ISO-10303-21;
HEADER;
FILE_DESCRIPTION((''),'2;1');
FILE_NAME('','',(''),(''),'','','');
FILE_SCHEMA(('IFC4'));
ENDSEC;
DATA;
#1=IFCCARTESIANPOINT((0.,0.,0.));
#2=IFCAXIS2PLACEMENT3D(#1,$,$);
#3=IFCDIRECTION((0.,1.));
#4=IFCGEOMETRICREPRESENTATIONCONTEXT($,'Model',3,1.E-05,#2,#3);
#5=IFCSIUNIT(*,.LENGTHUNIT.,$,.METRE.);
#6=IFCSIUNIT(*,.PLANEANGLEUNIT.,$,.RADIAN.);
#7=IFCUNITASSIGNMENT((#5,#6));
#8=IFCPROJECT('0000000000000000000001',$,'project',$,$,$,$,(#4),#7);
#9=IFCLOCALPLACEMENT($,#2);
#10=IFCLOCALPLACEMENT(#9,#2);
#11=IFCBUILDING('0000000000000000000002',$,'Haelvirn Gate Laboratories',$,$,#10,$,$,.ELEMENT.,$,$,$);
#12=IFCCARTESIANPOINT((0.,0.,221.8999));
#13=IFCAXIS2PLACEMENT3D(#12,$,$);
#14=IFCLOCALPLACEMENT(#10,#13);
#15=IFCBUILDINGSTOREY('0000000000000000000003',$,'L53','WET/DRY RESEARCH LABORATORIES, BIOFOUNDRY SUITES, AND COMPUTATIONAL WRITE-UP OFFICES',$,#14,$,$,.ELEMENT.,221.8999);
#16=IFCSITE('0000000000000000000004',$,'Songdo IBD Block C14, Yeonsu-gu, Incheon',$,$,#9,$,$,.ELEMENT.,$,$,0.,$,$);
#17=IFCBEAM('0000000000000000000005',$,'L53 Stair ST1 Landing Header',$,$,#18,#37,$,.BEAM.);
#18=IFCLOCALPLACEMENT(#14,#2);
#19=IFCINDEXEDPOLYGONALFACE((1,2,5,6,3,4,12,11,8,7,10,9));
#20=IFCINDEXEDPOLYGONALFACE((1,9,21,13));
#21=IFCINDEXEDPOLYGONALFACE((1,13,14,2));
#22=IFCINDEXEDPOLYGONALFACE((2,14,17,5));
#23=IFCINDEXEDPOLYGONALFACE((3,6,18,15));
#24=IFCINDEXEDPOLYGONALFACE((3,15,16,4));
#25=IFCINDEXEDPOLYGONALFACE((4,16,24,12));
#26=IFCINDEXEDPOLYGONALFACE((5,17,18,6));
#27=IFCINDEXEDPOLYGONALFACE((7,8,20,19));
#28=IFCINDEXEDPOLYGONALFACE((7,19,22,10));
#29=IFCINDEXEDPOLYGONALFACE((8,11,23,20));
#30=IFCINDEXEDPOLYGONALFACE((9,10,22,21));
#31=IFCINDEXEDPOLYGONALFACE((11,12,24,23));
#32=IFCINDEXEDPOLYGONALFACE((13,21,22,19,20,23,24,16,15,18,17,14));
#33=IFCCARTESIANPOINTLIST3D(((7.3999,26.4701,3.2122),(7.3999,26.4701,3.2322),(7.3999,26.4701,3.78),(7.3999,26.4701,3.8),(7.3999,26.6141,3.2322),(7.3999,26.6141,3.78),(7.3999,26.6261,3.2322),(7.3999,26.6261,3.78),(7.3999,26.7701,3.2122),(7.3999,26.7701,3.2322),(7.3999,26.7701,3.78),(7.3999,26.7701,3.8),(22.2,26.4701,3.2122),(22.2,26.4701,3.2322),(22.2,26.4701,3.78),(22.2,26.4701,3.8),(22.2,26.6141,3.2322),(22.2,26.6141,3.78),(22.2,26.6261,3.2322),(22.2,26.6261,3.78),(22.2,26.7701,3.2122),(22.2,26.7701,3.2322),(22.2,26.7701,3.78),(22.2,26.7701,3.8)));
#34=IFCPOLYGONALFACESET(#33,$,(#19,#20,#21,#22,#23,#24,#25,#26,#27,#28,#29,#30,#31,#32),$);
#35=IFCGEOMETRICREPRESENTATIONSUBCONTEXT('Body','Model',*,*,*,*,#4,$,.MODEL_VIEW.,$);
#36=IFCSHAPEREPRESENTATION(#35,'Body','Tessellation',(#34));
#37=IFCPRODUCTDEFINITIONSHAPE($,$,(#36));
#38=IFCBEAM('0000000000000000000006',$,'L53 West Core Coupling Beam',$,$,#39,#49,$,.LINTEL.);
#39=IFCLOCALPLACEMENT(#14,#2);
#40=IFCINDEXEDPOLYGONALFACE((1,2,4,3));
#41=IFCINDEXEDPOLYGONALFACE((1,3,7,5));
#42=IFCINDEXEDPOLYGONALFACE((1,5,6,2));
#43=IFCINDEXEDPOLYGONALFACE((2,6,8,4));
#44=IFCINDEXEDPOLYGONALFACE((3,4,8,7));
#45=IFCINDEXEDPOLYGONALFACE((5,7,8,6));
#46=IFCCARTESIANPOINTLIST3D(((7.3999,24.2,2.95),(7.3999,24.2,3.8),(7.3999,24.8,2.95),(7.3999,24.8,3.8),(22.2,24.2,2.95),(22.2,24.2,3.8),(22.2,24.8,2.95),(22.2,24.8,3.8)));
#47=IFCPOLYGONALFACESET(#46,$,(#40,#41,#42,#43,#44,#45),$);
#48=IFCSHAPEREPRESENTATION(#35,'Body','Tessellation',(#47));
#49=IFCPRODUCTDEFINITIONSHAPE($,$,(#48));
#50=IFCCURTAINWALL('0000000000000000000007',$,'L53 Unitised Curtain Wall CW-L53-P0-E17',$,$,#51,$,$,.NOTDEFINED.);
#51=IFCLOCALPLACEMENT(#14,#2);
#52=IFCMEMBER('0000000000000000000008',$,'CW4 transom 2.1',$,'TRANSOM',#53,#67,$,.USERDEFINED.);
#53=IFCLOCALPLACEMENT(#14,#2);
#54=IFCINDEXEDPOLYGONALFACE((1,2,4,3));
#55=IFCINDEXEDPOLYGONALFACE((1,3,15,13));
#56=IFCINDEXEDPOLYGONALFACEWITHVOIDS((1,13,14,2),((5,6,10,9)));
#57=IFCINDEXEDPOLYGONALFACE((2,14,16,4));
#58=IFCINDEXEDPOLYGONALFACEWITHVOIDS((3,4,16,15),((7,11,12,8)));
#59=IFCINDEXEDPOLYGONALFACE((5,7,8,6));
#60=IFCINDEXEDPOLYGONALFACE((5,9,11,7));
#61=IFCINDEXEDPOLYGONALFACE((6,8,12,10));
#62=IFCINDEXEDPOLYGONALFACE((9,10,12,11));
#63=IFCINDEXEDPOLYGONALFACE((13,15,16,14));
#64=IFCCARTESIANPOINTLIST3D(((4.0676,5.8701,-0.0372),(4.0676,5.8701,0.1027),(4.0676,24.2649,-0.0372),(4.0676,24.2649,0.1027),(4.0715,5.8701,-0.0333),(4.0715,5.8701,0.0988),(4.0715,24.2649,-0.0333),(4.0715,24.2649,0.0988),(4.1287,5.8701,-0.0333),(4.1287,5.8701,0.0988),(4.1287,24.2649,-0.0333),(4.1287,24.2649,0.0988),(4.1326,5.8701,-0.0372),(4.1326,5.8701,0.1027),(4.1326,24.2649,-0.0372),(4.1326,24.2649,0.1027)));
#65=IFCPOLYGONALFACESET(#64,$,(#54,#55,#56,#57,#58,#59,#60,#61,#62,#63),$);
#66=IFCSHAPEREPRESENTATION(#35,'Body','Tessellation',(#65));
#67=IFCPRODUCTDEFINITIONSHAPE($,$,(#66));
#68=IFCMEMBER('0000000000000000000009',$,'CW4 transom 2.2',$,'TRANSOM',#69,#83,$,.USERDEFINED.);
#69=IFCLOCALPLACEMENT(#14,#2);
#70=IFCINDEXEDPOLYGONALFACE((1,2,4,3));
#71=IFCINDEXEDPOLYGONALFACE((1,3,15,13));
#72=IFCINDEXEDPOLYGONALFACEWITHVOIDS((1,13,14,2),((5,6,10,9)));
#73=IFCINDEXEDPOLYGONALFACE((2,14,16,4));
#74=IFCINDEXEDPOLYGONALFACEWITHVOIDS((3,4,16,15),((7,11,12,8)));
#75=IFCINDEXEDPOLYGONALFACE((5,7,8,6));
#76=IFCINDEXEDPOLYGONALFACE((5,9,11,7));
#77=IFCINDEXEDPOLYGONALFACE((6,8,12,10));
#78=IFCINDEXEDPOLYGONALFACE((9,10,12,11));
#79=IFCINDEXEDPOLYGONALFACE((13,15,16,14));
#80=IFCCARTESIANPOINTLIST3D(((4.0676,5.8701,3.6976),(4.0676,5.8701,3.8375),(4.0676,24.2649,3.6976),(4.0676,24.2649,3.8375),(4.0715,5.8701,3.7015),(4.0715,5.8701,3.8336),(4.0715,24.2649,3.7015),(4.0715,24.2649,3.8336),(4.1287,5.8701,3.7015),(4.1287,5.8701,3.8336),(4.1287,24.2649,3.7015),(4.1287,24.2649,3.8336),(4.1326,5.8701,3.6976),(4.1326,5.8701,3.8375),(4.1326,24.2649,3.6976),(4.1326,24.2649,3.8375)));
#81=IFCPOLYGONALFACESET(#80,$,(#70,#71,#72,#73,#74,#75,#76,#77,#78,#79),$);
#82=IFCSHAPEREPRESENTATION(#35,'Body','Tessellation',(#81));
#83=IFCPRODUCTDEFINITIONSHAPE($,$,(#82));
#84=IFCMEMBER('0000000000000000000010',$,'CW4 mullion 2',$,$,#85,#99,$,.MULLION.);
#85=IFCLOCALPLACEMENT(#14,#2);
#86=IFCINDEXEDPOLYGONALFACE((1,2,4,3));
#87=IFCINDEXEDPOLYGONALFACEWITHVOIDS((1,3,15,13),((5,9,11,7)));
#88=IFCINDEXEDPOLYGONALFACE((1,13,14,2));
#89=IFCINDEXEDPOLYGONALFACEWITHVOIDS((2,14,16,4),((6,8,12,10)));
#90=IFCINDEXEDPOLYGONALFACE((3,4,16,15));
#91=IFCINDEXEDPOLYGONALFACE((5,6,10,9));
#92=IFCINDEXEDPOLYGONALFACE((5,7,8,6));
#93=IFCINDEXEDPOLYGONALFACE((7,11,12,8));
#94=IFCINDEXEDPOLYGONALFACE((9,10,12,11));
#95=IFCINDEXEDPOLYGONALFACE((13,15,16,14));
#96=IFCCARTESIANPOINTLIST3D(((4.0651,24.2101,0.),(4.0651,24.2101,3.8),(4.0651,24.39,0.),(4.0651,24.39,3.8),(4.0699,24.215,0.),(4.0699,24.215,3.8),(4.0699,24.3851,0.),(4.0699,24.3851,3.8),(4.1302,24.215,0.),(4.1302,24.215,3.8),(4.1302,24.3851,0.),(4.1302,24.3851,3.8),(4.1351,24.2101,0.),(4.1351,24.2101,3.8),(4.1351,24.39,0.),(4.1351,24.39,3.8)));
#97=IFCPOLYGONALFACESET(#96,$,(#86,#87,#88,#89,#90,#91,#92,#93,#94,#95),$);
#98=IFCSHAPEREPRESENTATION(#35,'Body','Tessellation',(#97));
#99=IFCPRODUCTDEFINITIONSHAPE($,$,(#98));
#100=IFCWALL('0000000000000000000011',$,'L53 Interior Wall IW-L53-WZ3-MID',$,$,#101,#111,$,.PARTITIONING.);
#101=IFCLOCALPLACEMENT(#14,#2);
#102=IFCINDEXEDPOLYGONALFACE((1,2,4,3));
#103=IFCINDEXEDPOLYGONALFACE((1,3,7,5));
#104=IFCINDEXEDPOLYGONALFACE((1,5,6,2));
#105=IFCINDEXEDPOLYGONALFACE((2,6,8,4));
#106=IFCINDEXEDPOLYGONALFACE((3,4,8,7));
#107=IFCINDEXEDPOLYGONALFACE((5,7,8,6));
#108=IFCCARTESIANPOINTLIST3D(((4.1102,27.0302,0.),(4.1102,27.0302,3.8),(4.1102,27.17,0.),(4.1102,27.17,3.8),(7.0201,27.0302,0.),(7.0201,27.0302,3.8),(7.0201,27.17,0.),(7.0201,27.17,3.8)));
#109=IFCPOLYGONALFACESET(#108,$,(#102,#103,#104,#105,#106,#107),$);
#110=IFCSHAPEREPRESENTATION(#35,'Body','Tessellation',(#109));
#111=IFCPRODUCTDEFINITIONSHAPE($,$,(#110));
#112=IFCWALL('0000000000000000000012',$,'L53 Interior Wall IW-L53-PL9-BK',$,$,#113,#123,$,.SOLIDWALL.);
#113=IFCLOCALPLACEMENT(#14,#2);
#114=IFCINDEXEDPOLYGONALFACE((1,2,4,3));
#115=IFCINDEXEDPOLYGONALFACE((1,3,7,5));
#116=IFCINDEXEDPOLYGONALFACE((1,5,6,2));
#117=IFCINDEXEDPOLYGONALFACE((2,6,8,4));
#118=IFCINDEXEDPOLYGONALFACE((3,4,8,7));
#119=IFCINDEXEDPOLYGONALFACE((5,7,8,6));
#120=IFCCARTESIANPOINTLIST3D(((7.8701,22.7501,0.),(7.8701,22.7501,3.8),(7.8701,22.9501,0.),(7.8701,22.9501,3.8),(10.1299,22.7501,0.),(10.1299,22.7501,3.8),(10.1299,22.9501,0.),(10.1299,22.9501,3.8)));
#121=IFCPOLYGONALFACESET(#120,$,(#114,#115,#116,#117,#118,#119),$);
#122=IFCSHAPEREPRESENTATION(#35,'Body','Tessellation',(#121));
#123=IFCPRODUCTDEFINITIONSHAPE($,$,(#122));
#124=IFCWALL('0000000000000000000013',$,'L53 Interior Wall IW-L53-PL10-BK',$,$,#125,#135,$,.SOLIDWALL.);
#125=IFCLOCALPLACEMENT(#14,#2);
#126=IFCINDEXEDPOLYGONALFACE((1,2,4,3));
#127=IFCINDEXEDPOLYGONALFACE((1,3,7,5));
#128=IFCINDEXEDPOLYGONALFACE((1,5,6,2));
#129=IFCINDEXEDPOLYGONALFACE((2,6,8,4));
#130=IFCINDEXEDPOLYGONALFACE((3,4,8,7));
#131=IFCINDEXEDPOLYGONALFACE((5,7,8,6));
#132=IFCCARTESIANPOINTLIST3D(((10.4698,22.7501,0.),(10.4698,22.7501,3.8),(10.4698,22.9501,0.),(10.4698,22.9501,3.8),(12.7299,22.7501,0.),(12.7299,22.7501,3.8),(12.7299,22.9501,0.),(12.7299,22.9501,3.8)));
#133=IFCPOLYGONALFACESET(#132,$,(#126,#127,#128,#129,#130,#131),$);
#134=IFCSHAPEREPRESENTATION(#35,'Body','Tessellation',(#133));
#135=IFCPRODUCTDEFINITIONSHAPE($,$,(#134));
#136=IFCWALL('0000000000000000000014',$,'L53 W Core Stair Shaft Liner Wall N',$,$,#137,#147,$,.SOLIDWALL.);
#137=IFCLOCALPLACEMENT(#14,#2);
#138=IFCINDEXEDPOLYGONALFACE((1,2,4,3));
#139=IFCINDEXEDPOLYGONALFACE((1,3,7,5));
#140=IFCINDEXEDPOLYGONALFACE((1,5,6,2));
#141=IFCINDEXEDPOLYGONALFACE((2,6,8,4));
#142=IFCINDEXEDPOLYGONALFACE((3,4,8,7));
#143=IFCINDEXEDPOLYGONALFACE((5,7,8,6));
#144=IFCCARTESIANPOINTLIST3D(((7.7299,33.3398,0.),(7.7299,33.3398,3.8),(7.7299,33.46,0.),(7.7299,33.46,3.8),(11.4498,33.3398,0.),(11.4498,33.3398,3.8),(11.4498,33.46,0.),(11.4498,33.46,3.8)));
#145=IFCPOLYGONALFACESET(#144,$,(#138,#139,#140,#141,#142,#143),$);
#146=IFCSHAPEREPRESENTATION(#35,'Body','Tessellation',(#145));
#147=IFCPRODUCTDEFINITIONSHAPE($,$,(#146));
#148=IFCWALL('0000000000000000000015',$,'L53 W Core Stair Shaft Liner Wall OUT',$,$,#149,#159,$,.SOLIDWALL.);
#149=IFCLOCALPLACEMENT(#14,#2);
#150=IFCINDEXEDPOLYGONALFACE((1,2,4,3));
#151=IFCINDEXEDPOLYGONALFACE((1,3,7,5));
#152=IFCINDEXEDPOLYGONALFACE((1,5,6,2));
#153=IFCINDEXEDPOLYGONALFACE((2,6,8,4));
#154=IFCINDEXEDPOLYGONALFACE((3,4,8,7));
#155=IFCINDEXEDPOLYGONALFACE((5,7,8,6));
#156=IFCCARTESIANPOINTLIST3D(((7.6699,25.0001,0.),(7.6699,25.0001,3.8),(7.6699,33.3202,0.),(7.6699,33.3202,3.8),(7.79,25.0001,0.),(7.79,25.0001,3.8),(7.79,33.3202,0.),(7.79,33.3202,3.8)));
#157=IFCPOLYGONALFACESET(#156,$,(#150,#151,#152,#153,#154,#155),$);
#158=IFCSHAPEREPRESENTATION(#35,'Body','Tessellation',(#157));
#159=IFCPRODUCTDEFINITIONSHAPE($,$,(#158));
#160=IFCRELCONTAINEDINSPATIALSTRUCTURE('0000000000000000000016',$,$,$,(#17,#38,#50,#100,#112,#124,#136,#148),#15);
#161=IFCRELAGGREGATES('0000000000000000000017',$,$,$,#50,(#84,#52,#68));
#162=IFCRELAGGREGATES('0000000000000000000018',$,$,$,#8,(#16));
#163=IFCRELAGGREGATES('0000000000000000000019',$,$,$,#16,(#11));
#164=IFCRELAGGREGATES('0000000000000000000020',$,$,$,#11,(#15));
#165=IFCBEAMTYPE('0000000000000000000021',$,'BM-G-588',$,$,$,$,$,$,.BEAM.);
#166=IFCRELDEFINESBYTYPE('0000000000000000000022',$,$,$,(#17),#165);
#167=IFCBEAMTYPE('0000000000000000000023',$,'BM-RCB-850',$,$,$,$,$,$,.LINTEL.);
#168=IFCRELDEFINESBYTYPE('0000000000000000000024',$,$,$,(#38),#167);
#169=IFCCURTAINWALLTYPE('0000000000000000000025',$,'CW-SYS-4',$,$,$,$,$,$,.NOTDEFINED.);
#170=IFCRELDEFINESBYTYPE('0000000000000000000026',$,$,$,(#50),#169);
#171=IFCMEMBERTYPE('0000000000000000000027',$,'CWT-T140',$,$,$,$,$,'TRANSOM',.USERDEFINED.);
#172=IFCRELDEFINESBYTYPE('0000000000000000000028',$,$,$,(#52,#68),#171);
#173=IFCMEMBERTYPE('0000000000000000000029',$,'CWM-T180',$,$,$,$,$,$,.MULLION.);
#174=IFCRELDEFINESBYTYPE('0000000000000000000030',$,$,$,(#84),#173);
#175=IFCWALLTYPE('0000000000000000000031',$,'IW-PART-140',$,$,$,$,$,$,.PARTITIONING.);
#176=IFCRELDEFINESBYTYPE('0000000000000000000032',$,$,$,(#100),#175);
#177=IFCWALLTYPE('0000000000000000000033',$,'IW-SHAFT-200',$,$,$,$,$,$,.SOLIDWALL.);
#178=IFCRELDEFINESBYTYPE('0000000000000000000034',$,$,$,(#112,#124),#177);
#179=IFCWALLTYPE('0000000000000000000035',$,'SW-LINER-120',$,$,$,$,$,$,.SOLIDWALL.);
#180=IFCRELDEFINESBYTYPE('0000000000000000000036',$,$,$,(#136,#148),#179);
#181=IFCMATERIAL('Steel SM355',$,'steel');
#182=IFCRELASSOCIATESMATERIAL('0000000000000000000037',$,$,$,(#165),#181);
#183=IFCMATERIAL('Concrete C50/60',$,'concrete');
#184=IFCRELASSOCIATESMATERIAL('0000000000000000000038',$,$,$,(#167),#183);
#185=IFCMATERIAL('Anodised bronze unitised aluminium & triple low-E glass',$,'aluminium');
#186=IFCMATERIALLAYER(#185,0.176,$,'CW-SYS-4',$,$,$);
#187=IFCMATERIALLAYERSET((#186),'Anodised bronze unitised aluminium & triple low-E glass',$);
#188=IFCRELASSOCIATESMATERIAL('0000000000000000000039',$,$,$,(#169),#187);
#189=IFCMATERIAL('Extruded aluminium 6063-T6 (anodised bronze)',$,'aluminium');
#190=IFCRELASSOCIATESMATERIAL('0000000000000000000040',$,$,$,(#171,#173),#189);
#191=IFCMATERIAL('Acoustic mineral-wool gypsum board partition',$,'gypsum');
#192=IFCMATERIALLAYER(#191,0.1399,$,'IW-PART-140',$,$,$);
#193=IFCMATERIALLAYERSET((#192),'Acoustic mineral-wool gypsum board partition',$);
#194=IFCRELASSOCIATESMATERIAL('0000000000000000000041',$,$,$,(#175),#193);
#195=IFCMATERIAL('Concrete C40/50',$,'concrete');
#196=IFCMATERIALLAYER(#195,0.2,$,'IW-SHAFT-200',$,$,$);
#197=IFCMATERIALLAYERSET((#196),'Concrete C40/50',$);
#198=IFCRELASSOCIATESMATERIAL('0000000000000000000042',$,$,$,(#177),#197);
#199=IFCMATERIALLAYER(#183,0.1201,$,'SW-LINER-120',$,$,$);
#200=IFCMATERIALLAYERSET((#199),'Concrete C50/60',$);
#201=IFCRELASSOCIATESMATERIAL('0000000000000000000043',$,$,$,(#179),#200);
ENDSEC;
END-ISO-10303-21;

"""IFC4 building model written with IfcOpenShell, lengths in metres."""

from ifc_helpers import new_model, si_unit, direction, frame, frame_2d, origin, origin_2d, place, context, subcontext, project, spatial, rectangle, hollow_rectangle, i_section, extrude, source, transform, mapped, material, layer, layer_set, material_profile, profile_set, type_object, type_shapes, element, aggregate, save


model = new_model("IFC4")

# Units and contexts
model_context = context("Model", 3, precision=1e-05, world=origin(), true_north=direction((0.0, 1.0)))
body_context = subcontext(model_context, "Body", "Model", "MODEL_VIEW")
ifc_project = project(units=[si_unit("LENGTHUNIT", "METRE"), si_unit("PLANEANGLEUNIT", "RADIAN")], contexts=[model_context])

# Site, building, storey
site_placement = place(None, origin())
site = spatial("IfcSite", under=ifc_project, at=site_placement, Name="Songdo IBD Block C14, Yeonsu-gu, Incheon", CompositionType="ELEMENT", RefElevation=0.0)
building_placement = place(site_placement, origin())
building = spatial("IfcBuilding", under=site, at=building_placement, Name="Haelvirn Gate Laboratories", CompositionType="ELEMENT")
storey_placement = place(building_placement, frame((0.0, 0.0, 221.8999)))
storey = spatial("IfcBuildingStorey", under=building, at=storey_placement, Name="L53", Description="WET/DRY RESEARCH LABORATORIES, BIOFOUNDRY SUITES, AND COMPUTATIONAL WRITE-UP OFFICES", CompositionType="ELEMENT", Elevation=221.8999)

# Beams
ifc_material_1 = material(Name="Steel SM355", Category="steel")
ifc_material_profile_1 = material_profile(ifc_material_1, i_section(OverallWidth=0.3, OverallDepth=0.5879, WebThickness=0.012, FlangeThickness=0.02, at=origin_2d()), Name="H-588x300x12x20")
ifc_profile_set_1 = profile_set([ifc_material_profile_1], Name="Steel SM355")
beam_type_1 = type_object("IfcBeamType", Name="BM-G-588", PredefinedType="BEAM", material=ifc_profile_set_1)
shared_shape_1 = source(origin(), body_context, "Body", "SweptSolid", [
    extrude(i_section(OverallWidth=0.3, OverallDepth=0.5879, WebThickness=0.012, FlangeThickness=0.02, at=origin_2d()), origin(), (0.0, 0.0, 1.0), 14.8),
])
type_shapes(beam_type_1, [shared_shape_1])
beam_1_placement = place(storey_placement, frame((7.3999, 26.6201, 3.5061), z_axis=(1.0, 0.0, 0.0), x_axis=(0.0, 1.0, 0.0)))
element("IfcBeam", 1, at=beam_1_placement, inside=storey, type_object=beam_type_1, Name="L53 Stair ST1 Landing Header", PredefinedType="BEAM", context=body_context, shape_type="MappedRepresentation", body=[
    mapped(shared_shape_1, transform((0.0, 0.0, 0.0), scale=1.0)),
])
ifc_material_2 = material(Name="Concrete C50/60", Category="concrete")
ifc_material_profile_2 = material_profile(ifc_material_2, rectangle(XDim=0.6001, YDim=0.8501, at=origin_2d()), Name="RCB-600x850")
ifc_profile_set_2 = profile_set([ifc_material_profile_2], Name="Concrete C50/60")
beam_type_2 = type_object("IfcBeamType", Name="BM-RCB-850", PredefinedType="LINTEL", material=ifc_profile_set_2)
shared_shape_2 = source(origin(), body_context, "Body", "SweptSolid", [
    extrude(rectangle(XDim=0.6001, YDim=0.8501, at=origin_2d()), origin(), (0.0, 0.0, 1.0), 14.8),
])
type_shapes(beam_type_2, [shared_shape_2])
beam_2_placement = place(storey_placement, frame((7.3999, 24.5, 3.375), z_axis=(1.0, 0.0, 0.0), x_axis=(0.0, 1.0, 0.0)))
element("IfcBeam", 2, at=beam_2_placement, inside=storey, type_object=beam_type_2, Name="L53 West Core Coupling Beam", PredefinedType="LINTEL", context=body_context, shape_type="MappedRepresentation", body=[
    mapped(shared_shape_2, transform((0.0, 0.0, 0.0), scale=1.0)),
])

# Curtain wall, members
ifc_material_3 = material(Name="Anodised bronze unitised aluminium & triple low-E glass", Category="aluminium")
ifc_layer_1 = layer(ifc_material_3, 0.176, Name="CW-SYS-4")
ifc_layer_set_1 = layer_set([ifc_layer_1], Name="Anodised bronze unitised aluminium & triple low-E glass")
curtain_wall_type = type_object("IfcCurtainWallType", Name="CW-SYS-4", PredefinedType="NOTDEFINED", material=ifc_layer_set_1)
curtain_wall_placement = place(storey_placement, origin())
curtain_wall = element("IfcCurtainWall", 3, at=curtain_wall_placement, inside=storey, type_object=curtain_wall_type, Name="L53 Unitised Curtain Wall CW-L53-P0-E17", PredefinedType="NOTDEFINED")
ifc_material_4 = material(Name="Extruded aluminium 6063-T6 (anodised bronze)", Category="aluminium")
ifc_material_profile_3 = material_profile(ifc_material_4, hollow_rectangle(XDim=0.0649, YDim=0.1399, WallThickness=0.0039, at=origin_2d()), Name="CWT-140x65x4")
ifc_profile_set_3 = profile_set([ifc_material_profile_3], Name="Extruded aluminium 6063-T6 (anodised bronze)")
member_type_1 = type_object("IfcMemberType", Name="CWT-T140", ElementType="TRANSOM", PredefinedType="USERDEFINED", material=ifc_profile_set_3)
shared_shape_3 = source(origin(), body_context, "Body", "SweptSolid", [
    extrude(hollow_rectangle(XDim=0.0649, YDim=0.1399, WallThickness=0.0039, at=origin_2d()), origin(), (0.0, 0.0, 1.0), 18.3948),
])
type_shapes(member_type_1, [shared_shape_3])
member_1_placement = place(storey_placement, frame((4.1001, 24.2649, 0.0327), z_axis=(0.0, -1.0, 0.0), x_axis=(1.0, 0.0, 0.0)))
member_1 = element("IfcMember", 4, at=member_1_placement, type_object=member_type_1, Name="CW4 transom 2.1", ObjectType="TRANSOM", PredefinedType="USERDEFINED", context=body_context, shape_type="MappedRepresentation", body=[
    mapped(shared_shape_3, transform((0.0, 0.0, 0.0), scale=1.0)),
])
member_2_placement = place(storey_placement, frame((4.1001, 24.2649, 3.7676), z_axis=(0.0, -1.0, 0.0), x_axis=(1.0, 0.0, 0.0)))
member_2 = element("IfcMember", 5, at=member_2_placement, type_object=member_type_1, Name="CW4 transom 2.2", ObjectType="TRANSOM", PredefinedType="USERDEFINED", context=body_context, shape_type="MappedRepresentation", body=[
    mapped(shared_shape_3, transform((0.0, 0.0, 0.0), scale=1.0)),
])
ifc_material_profile_4 = material_profile(ifc_material_4, hollow_rectangle(XDim=0.0701, YDim=0.1799, WallThickness=0.0049, at=origin_2d()), Name="CWM-180x70x5")
ifc_profile_set_4 = profile_set([ifc_material_profile_4], Name="Extruded aluminium 6063-T6 (anodised bronze)")
member_type_2 = type_object("IfcMemberType", Name="CWM-T180", PredefinedType="MULLION", material=ifc_profile_set_4)
shared_shape_4 = source(origin(), body_context, "Body", "SweptSolid", [
    extrude(hollow_rectangle(XDim=0.0701, YDim=0.1799, WallThickness=0.0049, at=origin_2d()), origin(), (0.0, 0.0, 1.0), 3.8),
])
type_shapes(member_type_2, [shared_shape_4])
member_3_placement = place(storey_placement, frame((4.1001, 24.3, 0.0), z_axis=(0.0, 0.0, 1.0), x_axis=(1.0, 0.0, 0.0)))
member_3 = element("IfcMember", 6, at=member_3_placement, type_object=member_type_2, Name="CW4 mullion 2", PredefinedType="MULLION", context=body_context, shape_type="MappedRepresentation", body=[
    mapped(shared_shape_4, transform((0.0, 0.0, 0.0), scale=1.0)),
])
aggregate(curtain_wall, [member_3, member_1, member_2])

# Walls
ifc_material_5 = material(Name="Acoustic mineral-wool gypsum board partition", Category="gypsum")
ifc_layer_2 = layer(ifc_material_5, 0.1399, Name="IW-PART-140")
ifc_layer_set_2 = layer_set([ifc_layer_2], Name="Acoustic mineral-wool gypsum board partition")
wall_type_1 = type_object("IfcWallType", Name="IW-PART-140", PredefinedType="PARTITIONING", material=ifc_layer_set_2)
wall_1_placement = place(storey_placement, frame((4.1101, 27.1001, 0.0), z_axis=(0.0, 0.0, 1.0), x_axis=(1.0, 0.0, 0.0)))
element("IfcWall", 7, at=wall_1_placement, inside=storey, type_object=wall_type_1, Name="L53 Interior Wall IW-L53-WZ3-MID", PredefinedType="PARTITIONING", context=body_context, shape_type="SweptSolid", body=[
    extrude(rectangle(XDim=2.9099, YDim=0.1399, at=frame_2d((1.4551, 0.0))), origin(), (0.0, 0.0, 1.0), 3.8),
])
ifc_material_6 = material(Name="Concrete C40/50", Category="concrete")
ifc_layer_3 = layer(ifc_material_6, 0.2, Name="IW-SHAFT-200")
ifc_layer_set_3 = layer_set([ifc_layer_3], Name="Concrete C40/50")
wall_type_2 = type_object("IfcWallType", Name="IW-SHAFT-200", PredefinedType="SOLIDWALL", material=ifc_layer_set_3)
wall_2_placement = place(storey_placement, frame((7.8701, 22.8501, 0.0), z_axis=(0.0, 0.0, 1.0), x_axis=(1.0, 0.0, 0.0)))
element("IfcWall", 8, at=wall_2_placement, inside=storey, type_object=wall_type_2, Name="L53 Interior Wall IW-L53-PL9-BK", PredefinedType="SOLIDWALL", context=body_context, shape_type="SweptSolid", body=[
    extrude(rectangle(XDim=2.2598, YDim=0.2, at=frame_2d((1.1299, 0.0))), origin(), (0.0, 0.0, 1.0), 3.8),
])
wall_3_placement = place(storey_placement, frame((10.47, 22.8501, 0.0), z_axis=(0.0, 0.0, 1.0), x_axis=(1.0, 0.0, 0.0)))
element("IfcWall", 9, at=wall_3_placement, inside=storey, type_object=wall_type_2, Name="L53 Interior Wall IW-L53-PL10-BK", PredefinedType="SOLIDWALL", context=body_context, shape_type="SweptSolid", body=[
    extrude(rectangle(XDim=2.26, YDim=0.2, at=frame_2d((1.1299, 0.0))), origin(), (0.0, 0.0, 1.0), 3.8),
])
ifc_layer_4 = layer(ifc_material_2, 0.1201, Name="SW-LINER-120")
ifc_layer_set_4 = layer_set([ifc_layer_4], Name="Concrete C50/60")
wall_type_3 = type_object("IfcWallType", Name="SW-LINER-120", PredefinedType="SOLIDWALL", material=ifc_layer_set_4)
wall_4_placement = place(storey_placement, frame((7.73, 33.3999, 0.0), z_axis=(0.0, 0.0, 1.0), x_axis=(1.0, 0.0, 0.0)))
element("IfcWall", 10, at=wall_4_placement, inside=storey, type_object=wall_type_3, Name="L53 W Core Stair Shaft Liner Wall N", PredefinedType="SOLIDWALL", context=body_context, shape_type="SweptSolid", body=[
    extrude(rectangle(XDim=3.72, YDim=0.1201, at=frame_2d((1.8599, 0.0))), origin(), (0.0, 0.0, 1.0), 3.8),
])
wall_5_placement = place(storey_placement, frame((7.73, 25.0, 0.0), z_axis=(0.0, 0.0, 1.0), x_axis=(0.0, 1.0, 0.0)))
element("IfcWall", 11, at=wall_5_placement, inside=storey, type_object=wall_type_3, Name="L53 W Core Stair Shaft Liner Wall OUT", PredefinedType="SOLIDWALL", context=body_context, shape_type="SweptSolid", body=[
    extrude(rectangle(XDim=8.3201, YDim=0.1201, at=frame_2d((4.1602, 0.0))), origin(), (0.0, 0.0, 1.0), 3.8),
])

save(model, "model.ifc")
